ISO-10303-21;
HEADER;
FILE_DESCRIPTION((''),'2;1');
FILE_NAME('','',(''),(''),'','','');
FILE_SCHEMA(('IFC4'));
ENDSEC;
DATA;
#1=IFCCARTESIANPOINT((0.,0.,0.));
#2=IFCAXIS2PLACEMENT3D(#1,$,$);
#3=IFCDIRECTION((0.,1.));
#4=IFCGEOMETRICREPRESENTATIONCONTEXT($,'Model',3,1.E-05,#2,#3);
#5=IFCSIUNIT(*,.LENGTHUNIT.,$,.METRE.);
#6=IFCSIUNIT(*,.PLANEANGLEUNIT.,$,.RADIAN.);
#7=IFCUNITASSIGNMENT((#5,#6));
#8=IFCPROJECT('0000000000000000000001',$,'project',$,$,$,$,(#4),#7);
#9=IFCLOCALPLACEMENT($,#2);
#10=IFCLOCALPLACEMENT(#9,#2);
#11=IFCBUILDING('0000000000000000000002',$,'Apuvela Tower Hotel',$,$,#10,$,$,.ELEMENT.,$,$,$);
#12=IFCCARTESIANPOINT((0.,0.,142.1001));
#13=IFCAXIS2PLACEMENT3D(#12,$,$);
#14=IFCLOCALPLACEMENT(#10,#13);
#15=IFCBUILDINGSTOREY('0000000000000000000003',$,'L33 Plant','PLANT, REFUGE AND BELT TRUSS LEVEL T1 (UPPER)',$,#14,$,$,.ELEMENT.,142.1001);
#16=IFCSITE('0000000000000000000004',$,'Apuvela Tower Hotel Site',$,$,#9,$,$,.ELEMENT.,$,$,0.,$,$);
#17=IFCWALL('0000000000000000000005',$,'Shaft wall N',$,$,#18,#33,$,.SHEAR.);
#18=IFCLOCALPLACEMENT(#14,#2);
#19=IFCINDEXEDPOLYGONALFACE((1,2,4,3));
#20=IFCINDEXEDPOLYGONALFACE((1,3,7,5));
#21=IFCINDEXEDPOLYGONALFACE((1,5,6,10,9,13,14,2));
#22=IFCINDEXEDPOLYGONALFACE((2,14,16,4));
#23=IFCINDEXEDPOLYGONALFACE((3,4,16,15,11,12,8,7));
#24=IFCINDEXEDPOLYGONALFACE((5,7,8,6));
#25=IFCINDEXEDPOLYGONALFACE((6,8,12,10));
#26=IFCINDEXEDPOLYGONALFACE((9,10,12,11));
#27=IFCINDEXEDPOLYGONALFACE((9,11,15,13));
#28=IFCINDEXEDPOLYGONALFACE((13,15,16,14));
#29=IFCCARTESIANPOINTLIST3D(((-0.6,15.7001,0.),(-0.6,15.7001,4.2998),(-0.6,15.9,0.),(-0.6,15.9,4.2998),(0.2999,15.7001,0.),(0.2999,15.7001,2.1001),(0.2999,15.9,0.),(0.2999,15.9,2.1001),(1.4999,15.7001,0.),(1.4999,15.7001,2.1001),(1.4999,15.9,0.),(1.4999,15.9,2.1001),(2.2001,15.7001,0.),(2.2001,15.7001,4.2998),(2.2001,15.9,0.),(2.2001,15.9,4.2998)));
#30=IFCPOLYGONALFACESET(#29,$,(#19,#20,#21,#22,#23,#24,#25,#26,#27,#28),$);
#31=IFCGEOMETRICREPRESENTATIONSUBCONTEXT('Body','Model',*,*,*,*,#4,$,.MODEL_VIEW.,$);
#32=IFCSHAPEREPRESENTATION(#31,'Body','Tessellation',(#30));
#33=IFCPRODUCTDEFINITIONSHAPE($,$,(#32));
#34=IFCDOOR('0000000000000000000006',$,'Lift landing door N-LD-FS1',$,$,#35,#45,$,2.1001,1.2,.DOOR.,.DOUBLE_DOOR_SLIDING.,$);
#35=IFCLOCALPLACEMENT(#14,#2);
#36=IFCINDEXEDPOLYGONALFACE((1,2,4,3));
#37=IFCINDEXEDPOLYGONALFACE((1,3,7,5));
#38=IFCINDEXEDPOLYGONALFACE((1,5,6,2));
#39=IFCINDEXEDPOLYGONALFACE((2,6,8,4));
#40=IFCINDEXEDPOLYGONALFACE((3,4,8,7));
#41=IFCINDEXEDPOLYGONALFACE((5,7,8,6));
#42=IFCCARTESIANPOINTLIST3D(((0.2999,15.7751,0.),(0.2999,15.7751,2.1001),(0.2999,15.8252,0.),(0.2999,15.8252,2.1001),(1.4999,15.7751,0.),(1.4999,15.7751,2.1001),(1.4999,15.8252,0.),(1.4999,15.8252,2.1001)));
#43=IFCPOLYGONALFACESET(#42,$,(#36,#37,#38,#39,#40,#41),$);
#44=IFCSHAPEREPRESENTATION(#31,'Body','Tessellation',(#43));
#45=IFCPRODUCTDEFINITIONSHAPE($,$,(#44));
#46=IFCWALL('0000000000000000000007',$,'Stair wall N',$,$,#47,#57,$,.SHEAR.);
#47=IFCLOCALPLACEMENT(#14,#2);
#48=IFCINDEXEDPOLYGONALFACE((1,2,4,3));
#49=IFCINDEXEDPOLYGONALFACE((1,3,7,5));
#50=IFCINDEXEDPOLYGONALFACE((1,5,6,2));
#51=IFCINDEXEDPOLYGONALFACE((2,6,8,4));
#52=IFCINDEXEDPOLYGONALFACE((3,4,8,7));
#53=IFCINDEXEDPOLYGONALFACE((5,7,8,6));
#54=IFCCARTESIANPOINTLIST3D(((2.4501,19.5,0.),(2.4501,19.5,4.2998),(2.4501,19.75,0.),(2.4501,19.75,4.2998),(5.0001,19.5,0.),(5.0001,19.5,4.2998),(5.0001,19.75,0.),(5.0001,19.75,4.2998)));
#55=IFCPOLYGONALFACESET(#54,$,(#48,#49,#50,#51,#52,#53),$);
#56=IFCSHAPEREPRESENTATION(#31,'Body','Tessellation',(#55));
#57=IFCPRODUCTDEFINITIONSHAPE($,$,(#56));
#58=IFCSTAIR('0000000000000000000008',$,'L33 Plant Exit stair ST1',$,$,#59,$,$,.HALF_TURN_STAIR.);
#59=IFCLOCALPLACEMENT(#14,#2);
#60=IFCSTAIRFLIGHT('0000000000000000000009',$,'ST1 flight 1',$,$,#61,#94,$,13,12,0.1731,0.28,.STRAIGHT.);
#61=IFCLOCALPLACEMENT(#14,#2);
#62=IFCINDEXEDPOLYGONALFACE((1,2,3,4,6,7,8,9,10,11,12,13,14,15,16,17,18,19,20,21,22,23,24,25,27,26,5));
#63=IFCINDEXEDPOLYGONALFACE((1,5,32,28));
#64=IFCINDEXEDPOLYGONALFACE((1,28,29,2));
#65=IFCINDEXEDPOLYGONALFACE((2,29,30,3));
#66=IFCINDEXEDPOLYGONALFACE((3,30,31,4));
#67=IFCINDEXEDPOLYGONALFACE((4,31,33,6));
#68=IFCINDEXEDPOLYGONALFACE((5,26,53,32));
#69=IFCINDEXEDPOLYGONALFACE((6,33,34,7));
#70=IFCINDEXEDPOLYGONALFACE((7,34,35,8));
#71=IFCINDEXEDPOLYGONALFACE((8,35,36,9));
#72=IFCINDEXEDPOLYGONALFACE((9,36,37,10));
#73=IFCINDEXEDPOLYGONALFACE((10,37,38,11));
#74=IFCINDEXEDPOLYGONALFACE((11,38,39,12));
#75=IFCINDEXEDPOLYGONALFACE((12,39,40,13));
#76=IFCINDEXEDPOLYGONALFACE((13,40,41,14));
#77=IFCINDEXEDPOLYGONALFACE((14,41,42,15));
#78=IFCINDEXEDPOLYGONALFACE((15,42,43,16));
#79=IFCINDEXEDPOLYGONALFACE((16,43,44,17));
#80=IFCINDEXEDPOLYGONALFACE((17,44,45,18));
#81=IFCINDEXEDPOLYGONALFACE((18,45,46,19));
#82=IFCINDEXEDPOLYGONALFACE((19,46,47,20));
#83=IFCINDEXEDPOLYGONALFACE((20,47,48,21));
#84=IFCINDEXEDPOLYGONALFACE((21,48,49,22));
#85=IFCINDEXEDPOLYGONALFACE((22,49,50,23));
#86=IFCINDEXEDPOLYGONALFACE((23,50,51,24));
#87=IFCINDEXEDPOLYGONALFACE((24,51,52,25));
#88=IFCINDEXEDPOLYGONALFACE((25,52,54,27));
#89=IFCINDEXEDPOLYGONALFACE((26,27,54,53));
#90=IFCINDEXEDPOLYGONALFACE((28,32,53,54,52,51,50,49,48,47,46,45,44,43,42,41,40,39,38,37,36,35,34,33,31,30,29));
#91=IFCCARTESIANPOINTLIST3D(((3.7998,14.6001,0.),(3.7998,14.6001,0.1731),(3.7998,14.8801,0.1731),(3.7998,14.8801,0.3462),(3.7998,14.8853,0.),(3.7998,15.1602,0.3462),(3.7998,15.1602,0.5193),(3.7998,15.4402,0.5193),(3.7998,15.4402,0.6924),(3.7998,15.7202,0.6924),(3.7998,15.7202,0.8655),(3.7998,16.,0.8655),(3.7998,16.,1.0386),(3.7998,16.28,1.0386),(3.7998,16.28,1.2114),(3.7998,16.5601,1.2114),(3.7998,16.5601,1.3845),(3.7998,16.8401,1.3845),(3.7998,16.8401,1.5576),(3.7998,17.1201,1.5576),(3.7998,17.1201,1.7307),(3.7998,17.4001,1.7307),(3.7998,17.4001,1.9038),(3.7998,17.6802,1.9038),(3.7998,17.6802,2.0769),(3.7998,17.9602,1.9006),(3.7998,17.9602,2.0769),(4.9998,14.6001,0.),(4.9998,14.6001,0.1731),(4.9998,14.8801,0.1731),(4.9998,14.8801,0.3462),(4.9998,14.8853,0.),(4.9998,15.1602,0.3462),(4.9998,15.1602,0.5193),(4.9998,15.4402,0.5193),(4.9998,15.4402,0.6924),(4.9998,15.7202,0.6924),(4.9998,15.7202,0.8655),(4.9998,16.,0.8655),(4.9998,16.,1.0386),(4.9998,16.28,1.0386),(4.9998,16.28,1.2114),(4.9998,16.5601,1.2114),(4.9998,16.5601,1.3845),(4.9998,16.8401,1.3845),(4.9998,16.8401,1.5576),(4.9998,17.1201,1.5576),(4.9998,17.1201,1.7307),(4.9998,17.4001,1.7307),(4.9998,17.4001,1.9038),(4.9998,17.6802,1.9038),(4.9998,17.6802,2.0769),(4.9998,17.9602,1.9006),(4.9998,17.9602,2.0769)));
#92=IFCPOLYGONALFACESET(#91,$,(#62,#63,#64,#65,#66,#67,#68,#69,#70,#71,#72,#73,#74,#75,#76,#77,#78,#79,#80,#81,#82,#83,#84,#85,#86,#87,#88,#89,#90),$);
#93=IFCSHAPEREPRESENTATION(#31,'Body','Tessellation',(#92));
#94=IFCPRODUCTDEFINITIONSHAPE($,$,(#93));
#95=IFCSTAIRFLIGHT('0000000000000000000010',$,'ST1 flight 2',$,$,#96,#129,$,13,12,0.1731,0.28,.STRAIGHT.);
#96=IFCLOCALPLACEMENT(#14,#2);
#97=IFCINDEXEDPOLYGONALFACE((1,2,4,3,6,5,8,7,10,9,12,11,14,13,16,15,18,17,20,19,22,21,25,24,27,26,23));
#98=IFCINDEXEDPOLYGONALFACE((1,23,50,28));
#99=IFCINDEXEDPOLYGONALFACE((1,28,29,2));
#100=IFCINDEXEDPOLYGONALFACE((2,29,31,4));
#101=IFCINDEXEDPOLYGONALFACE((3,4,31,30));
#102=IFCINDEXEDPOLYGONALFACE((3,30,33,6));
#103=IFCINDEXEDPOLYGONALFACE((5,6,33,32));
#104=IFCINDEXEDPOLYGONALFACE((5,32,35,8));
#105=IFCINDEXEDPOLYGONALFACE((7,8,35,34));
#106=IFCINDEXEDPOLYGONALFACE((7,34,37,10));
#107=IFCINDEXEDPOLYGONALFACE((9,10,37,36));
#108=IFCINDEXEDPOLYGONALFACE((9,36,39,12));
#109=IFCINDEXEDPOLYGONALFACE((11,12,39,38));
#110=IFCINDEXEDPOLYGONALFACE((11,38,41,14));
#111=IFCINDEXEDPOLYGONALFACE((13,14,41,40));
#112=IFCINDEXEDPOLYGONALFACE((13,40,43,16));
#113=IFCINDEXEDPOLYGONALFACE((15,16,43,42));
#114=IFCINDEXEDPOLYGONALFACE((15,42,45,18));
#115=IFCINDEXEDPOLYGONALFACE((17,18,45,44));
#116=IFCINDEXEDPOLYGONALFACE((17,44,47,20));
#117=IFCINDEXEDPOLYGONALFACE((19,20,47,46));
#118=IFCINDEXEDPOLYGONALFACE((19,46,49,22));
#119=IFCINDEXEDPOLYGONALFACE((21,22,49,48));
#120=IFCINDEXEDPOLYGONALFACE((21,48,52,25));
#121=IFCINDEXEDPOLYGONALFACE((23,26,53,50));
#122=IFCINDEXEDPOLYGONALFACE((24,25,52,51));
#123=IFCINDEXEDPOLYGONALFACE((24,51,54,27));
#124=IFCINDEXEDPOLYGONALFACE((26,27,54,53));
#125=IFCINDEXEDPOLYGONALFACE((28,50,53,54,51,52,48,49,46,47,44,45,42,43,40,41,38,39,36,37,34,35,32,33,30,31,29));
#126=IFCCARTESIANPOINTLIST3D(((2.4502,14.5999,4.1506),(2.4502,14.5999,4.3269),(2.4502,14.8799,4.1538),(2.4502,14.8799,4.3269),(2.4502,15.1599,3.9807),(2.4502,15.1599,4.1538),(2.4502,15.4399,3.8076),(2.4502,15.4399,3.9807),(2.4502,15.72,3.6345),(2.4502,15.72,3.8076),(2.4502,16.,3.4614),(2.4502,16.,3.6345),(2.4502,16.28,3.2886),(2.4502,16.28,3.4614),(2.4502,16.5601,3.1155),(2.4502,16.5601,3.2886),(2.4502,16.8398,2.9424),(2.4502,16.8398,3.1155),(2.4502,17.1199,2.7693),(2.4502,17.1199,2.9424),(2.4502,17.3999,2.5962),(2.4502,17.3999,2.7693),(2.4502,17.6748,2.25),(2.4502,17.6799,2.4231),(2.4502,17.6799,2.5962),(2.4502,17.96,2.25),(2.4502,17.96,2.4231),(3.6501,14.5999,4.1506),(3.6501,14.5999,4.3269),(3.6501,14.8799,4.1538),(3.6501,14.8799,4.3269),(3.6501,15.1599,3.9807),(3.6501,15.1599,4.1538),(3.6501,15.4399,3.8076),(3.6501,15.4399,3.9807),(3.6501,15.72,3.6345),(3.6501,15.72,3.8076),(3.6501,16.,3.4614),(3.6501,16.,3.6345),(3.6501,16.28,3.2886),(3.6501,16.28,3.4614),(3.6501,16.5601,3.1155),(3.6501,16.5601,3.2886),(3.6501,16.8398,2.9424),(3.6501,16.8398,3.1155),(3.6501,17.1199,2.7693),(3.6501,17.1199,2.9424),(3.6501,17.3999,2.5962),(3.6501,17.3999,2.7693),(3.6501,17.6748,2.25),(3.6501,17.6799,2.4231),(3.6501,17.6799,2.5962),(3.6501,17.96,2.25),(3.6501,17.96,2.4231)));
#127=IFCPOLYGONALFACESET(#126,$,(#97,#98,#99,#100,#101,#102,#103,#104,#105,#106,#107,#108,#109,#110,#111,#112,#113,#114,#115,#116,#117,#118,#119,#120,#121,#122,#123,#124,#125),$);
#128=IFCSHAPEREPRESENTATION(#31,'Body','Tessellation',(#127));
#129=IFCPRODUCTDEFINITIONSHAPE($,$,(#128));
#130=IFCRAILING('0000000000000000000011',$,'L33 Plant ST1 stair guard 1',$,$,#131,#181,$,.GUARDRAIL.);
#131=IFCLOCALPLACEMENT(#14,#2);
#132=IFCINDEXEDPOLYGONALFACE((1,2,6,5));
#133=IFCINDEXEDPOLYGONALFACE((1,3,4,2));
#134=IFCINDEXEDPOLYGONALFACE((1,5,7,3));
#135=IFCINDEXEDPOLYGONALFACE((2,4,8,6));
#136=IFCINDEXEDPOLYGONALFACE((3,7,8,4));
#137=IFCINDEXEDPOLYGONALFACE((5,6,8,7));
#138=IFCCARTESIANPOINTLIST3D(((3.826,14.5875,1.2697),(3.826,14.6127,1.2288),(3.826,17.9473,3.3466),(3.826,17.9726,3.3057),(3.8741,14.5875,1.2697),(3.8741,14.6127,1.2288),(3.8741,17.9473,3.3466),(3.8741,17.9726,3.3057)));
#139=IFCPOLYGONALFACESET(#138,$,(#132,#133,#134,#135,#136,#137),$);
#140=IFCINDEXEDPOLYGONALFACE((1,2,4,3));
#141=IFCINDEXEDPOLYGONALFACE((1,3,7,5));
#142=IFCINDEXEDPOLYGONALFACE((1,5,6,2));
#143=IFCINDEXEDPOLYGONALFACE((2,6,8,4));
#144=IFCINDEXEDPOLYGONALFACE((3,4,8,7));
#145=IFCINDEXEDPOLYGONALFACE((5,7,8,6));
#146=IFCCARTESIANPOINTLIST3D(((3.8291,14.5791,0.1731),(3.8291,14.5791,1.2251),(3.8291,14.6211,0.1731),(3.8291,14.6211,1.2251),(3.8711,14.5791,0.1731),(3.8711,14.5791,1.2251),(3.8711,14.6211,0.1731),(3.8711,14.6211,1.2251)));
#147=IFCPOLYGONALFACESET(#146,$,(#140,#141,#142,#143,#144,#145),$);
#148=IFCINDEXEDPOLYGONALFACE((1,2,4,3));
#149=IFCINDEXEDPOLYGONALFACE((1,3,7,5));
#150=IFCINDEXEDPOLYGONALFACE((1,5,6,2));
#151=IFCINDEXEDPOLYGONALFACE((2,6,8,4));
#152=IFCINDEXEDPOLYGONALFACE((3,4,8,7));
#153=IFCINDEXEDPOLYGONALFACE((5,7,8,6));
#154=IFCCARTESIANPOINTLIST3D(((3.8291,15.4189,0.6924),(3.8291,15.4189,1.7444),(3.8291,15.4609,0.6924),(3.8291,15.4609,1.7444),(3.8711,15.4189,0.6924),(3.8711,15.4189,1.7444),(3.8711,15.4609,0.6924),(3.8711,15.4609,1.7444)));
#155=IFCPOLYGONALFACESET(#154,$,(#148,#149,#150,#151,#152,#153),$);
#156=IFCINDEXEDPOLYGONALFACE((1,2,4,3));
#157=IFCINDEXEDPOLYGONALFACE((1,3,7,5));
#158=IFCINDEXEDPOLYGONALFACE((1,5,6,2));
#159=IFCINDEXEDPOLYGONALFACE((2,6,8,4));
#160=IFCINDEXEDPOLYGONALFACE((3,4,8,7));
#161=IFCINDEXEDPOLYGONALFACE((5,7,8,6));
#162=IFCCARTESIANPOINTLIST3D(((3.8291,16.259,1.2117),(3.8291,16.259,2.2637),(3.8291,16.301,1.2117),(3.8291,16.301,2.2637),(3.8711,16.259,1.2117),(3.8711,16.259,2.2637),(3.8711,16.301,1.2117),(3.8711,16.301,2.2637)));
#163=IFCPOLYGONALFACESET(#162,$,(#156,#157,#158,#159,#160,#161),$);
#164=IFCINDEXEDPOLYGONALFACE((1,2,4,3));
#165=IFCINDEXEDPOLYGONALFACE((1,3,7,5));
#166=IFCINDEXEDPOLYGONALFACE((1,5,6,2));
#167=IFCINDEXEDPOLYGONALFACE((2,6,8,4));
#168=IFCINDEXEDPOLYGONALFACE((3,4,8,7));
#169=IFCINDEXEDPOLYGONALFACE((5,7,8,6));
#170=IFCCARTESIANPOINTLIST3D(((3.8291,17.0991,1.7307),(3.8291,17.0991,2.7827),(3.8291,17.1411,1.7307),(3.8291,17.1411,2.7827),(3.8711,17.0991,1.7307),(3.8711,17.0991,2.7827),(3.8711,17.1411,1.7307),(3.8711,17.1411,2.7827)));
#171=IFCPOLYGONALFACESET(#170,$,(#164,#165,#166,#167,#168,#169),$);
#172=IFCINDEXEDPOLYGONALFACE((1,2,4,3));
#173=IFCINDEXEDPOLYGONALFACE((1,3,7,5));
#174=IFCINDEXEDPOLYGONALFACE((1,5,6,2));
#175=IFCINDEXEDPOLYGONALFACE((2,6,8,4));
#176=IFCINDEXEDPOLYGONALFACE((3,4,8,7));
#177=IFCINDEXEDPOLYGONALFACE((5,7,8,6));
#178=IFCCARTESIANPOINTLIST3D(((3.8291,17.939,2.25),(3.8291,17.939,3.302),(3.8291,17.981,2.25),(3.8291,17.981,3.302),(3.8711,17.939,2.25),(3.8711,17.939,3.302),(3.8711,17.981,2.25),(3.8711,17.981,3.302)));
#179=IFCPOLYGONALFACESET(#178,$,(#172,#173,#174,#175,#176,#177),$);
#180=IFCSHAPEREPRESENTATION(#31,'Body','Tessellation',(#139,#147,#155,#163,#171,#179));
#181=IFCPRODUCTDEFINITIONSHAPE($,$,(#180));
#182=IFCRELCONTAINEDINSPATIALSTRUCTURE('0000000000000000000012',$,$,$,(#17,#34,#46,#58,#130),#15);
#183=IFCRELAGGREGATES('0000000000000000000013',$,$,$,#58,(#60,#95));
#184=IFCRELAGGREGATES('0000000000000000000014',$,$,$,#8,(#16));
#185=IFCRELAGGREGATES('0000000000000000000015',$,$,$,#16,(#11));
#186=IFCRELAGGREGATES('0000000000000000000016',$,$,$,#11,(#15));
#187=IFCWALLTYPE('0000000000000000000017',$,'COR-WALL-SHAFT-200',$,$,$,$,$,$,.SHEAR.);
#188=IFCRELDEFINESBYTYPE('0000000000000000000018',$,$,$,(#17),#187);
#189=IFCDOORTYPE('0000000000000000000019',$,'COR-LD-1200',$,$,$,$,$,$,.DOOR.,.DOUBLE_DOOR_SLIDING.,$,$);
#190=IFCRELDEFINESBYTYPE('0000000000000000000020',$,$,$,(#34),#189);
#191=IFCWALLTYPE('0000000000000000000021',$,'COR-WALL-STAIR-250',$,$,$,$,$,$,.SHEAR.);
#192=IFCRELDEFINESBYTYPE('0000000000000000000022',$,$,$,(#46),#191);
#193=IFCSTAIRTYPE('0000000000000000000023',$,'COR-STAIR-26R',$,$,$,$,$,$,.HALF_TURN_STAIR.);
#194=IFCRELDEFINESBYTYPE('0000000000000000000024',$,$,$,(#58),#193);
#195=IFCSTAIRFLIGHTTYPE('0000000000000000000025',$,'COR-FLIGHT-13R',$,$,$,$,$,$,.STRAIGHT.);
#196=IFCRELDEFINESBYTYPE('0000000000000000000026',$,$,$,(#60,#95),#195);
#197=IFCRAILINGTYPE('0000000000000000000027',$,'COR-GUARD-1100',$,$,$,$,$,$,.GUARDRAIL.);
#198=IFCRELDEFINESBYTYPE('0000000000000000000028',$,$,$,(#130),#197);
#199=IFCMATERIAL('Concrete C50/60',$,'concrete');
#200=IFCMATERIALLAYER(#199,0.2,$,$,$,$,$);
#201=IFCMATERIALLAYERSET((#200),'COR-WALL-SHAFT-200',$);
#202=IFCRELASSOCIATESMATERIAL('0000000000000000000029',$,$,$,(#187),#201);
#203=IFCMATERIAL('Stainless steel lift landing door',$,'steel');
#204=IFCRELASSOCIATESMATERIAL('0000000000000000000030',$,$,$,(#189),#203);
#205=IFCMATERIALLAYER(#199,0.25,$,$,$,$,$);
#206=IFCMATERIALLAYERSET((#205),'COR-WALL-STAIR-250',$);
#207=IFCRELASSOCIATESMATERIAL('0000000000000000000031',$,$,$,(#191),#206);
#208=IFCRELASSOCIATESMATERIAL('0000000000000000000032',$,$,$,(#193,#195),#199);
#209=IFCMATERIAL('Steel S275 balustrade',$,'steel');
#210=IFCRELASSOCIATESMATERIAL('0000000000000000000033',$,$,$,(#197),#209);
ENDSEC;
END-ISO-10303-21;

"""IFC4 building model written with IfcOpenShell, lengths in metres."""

from ifc_helpers import new_model, si_unit, direction, frame, frame_2d, origin, origin_2d, place, context, subcontext, project, spatial, polyline, rectangle, outline, extrude, material, layer, layer_set, type_object, element, fill, aggregate, save


model = new_model("IFC4")

# Units and contexts
model_context = context("Model", 3, precision=1e-05, world=origin(), true_north=direction((0.0, 1.0)))
body_context = subcontext(model_context, "Body", "Model", "MODEL_VIEW")
ifc_project = project(units=[si_unit("LENGTHUNIT", "METRE"), si_unit("PLANEANGLEUNIT", "RADIAN")], contexts=[model_context])

# Site, building, storey
site_placement = place(None, origin())
site = spatial("IfcSite", under=ifc_project, at=site_placement, Name="Apuvela Tower Hotel Site", CompositionType="ELEMENT", RefElevation=0.0)
building_placement = place(site_placement, origin())
building = spatial("IfcBuilding", under=site, at=building_placement, Name="Apuvela Tower Hotel", CompositionType="ELEMENT")
storey_placement = place(building_placement, frame((0.0, 0.0, 142.1001)))
storey = spatial("IfcBuildingStorey", under=building, at=storey_placement, Name="L33 Plant", Description="PLANT, REFUGE AND BELT TRUSS LEVEL T1 (UPPER)", CompositionType="ELEMENT", Elevation=142.1001)

# Shared definitions
ifc_material_1 = material(Name="Concrete C50/60", Category="concrete")
ifc_layer_1 = layer(ifc_material_1, 0.2)
ifc_layer_set_1 = layer_set([ifc_layer_1], Name="COR-WALL-SHAFT-200")
wall_type_1 = type_object("IfcWallType", Name="COR-WALL-SHAFT-200", PredefinedType="SHEAR", material=ifc_layer_set_1)

# Wall, opening, door
wall_1_placement = place(storey_placement, frame((2.2, 15.8, 0.0), z_axis=(0.0, 0.0, 1.0), x_axis=(-1.0, 0.0, 0.0)))
wall_1 = element("IfcWall", 1, at=wall_1_placement, inside=storey, type_object=wall_type_1, Name="Shaft wall N", PredefinedType="SHEAR", context=body_context, shape_type="SweptSolid", body=[
    extrude(rectangle(XDim=2.8, YDim=0.2, at=frame_2d((1.3999, 0.0))), origin(), (0.0, 0.0, 1.0), 4.2998),
])
opening_placement = place(wall_1_placement, frame((0.7, 0.0, 0.0)))
opening = element("IfcOpeningElement", 2, at=opening_placement, cuts=wall_1, PredefinedType="OPENING", context=body_context, shape_type="SweptSolid", body=[
    extrude(rectangle(XDim=1.2, YDim=2.1001, at=frame_2d((0.6001, 1.05))), frame((0.0, 0.1099, 0.0), z_axis=(0.0, -1.0, 0.0), x_axis=(1.0, 0.0, 0.0)), (0.0, 0.0, 1.0), 0.22),
])
ifc_material_2 = material(Name="Stainless steel lift landing door", Category="steel")
door_type = type_object("IfcDoorType", Name="COR-LD-1200", OperationType="DOUBLE_DOOR_SLIDING", PredefinedType="DOOR", material=ifc_material_2)
door_placement = place(opening_placement, origin())
door = element("IfcDoor", 3, at=door_placement, inside=storey, type_object=door_type, Name="Lift landing door N-LD-FS1", OperationType="DOUBLE_DOOR_SLIDING", OverallHeight=2.1001, OverallWidth=1.2, PredefinedType="DOOR", context=body_context, shape_type="SweptSolid", body=[
    extrude(rectangle(XDim=1.2, YDim=2.1001, at=frame_2d((0.6001, 1.05))), frame((0.0, 0.0249, 0.0), z_axis=(0.0, -1.0, 0.0), x_axis=(1.0, 0.0, 0.0)), (0.0, 0.0, 1.0), 0.05),
])
fill(opening, door)

# Wall
ifc_layer_2 = layer(ifc_material_1, 0.25)
ifc_layer_set_2 = layer_set([ifc_layer_2], Name="COR-WALL-STAIR-250")
wall_type_2 = type_object("IfcWallType", Name="COR-WALL-STAIR-250", PredefinedType="SHEAR", material=ifc_layer_set_2)
wall_2_placement = place(storey_placement, frame((5.0, 19.625, 0.0), z_axis=(0.0, 0.0, 1.0), x_axis=(-1.0, 0.0, 0.0)))
element("IfcWall", 4, at=wall_2_placement, inside=storey, type_object=wall_type_2, Name="Stair wall N", PredefinedType="SHEAR", context=body_context, shape_type="SweptSolid", body=[
    extrude(rectangle(XDim=2.55, YDim=0.25, at=frame_2d((1.2749, 0.0))), origin(), (0.0, 0.0, 1.0), 4.2998),
])

# Stair, stair flights
stair_type = type_object("IfcStairType", Name="COR-STAIR-26R", PredefinedType="HALF_TURN_STAIR", material=ifc_material_1)
stair_placement = place(storey_placement, origin())
stair = element("IfcStair", 5, at=stair_placement, inside=storey, type_object=stair_type, Name="L33 Plant Exit stair ST1", PredefinedType="HALF_TURN_STAIR")
stair_flight_type = type_object("IfcStairFlightType", Name="COR-FLIGHT-13R", PredefinedType="STRAIGHT", material=ifc_material_1)
stair_flight_1_placement = place(storey_placement, frame((4.3999, 14.6001, 0.0), z_axis=(0.0, 0.0, 1.0), x_axis=(0.0, 1.0, 0.0)))
stair_flight_1 = element("IfcStairFlight", 6, at=stair_flight_1_placement, type_object=stair_flight_type, Name="ST1 flight 1", NumberOfRisers=13, NumberOfTreads=12, PredefinedType="STRAIGHT", RiserHeight=0.1731, TreadLength=0.28, context=body_context, shape_type="SweptSolid", body=[
    extrude(outline(polyline([(0.0, 0.0), (0.0, 0.1731), (0.28, 0.1731), (0.28, 0.3462), (0.5601, 0.3462), (0.5601, 0.5193), (0.8401, 0.5193), (0.8401, 0.6924), (1.1201, 0.6924), (1.1201, 0.8655), (1.3999, 0.8655), (1.3999, 1.0386), (1.6799, 1.0386), (1.6799, 1.2114), (1.96, 1.2114), (1.96, 1.3845), (2.24, 1.3845), (2.24, 1.5576), (2.52, 1.5576), (2.52, 1.7307), (2.8, 1.7307), (2.8, 1.9038), (3.0801, 1.9038), (3.0801, 2.0769), (3.3601, 2.0769), (3.3601, 2.25), (3.3601, 1.9006), (0.2852, 0.0), (0.0, 0.0)])), frame((0.0, 0.6001, 0.0), z_axis=(0.0, -1.0, 0.0), x_axis=(1.0, 0.0, 0.0)), (0.0, 0.0, 1.0), 1.2),
])
stair_flight_2_placement = place(storey_placement, frame((3.05, 17.96, 2.25), z_axis=(0.0, 0.0, 1.0), x_axis=(0.0, -1.0, 0.0)))
stair_flight_2 = element("IfcStairFlight", 7, at=stair_flight_2_placement, type_object=stair_flight_type, Name="ST1 flight 2", NumberOfRisers=13, NumberOfTreads=12, PredefinedType="STRAIGHT", RiserHeight=0.1731, TreadLength=0.28, context=body_context, shape_type="SweptSolid", body=[
    extrude(outline(polyline([(0.0, 0.0), (0.0, 0.1731), (0.28, 0.1731), (0.28, 0.3462), (0.5601, 0.3462), (0.5601, 0.5193), (0.8401, 0.5193), (0.8401, 0.6924), (1.1201, 0.6924), (1.1201, 0.8655), (1.3999, 0.8655), (1.3999, 1.0386), (1.6799, 1.0386), (1.6799, 1.2114), (1.96, 1.2114), (1.96, 1.3845), (2.24, 1.3845), (2.24, 1.5576), (2.52, 1.5576), (2.52, 1.7307), (2.8, 1.7307), (2.8, 1.9038), (3.0801, 1.9038), (3.0801, 2.0769), (3.3601, 2.0769), (3.3601, 2.25), (3.3601, 1.9006), (0.2852, 0.0), (0.0, 0.0)])), frame((0.0, 0.6001, 0.0), z_axis=(0.0, -1.0, 0.0), x_axis=(1.0, 0.0, 0.0)), (0.0, 0.0, 1.0), 1.2),
])
aggregate(stair, [stair_flight_1, stair_flight_2])

# Railing
ifc_material_3 = material(Name="Steel S275 balustrade", Category="steel")
railing_type_1 = type_object("IfcRailingType", Name="COR-GUARD-1100", PredefinedType="GUARDRAIL", material=ifc_material_3)
railing_1_placement = place(storey_placement, frame((3.8501, 14.6001, 0.1731)))
element("IfcRailing", 8, at=railing_1_placement, inside=storey, type_object=railing_type_1, Name="L33 Plant ST1 stair guard 1", PredefinedType="GUARDRAIL", context=body_context, shape_type="SweptSolid", body=[
    extrude(rectangle(XDim=0.0481, YDim=0.0481, at=origin_2d()), frame((0.0, 0.0, 1.0762), z_axis=(0.0, 0.850606, 0.525803), x_axis=(-1.0, 0.0, 0.0)), (0.0, 0.0, 1.0), 3.95),
    extrude(rectangle(XDim=0.042, YDim=0.042, at=origin_2d()), origin(), (0.0, 0.0, 1.0), 1.052),
    extrude(rectangle(XDim=0.042, YDim=0.042, at=origin_2d()), frame((0.0, 0.8398, 0.5193)), (0.0, 0.0, 1.0), 1.052),
    extrude(rectangle(XDim=0.042, YDim=0.042, at=origin_2d()), frame((0.0, 1.6799, 1.0386)), (0.0, 0.0, 1.0), 1.052),
    extrude(rectangle(XDim=0.042, YDim=0.042, at=origin_2d()), frame((0.0, 2.52, 1.5576)), (0.0, 0.0, 1.0), 1.052),
    extrude(rectangle(XDim=0.042, YDim=0.042, at=origin_2d()), frame((0.0, 3.3599, 2.0769)), (0.0, 0.0, 1.0), 1.052),
])

save(model, "model.ifc")
